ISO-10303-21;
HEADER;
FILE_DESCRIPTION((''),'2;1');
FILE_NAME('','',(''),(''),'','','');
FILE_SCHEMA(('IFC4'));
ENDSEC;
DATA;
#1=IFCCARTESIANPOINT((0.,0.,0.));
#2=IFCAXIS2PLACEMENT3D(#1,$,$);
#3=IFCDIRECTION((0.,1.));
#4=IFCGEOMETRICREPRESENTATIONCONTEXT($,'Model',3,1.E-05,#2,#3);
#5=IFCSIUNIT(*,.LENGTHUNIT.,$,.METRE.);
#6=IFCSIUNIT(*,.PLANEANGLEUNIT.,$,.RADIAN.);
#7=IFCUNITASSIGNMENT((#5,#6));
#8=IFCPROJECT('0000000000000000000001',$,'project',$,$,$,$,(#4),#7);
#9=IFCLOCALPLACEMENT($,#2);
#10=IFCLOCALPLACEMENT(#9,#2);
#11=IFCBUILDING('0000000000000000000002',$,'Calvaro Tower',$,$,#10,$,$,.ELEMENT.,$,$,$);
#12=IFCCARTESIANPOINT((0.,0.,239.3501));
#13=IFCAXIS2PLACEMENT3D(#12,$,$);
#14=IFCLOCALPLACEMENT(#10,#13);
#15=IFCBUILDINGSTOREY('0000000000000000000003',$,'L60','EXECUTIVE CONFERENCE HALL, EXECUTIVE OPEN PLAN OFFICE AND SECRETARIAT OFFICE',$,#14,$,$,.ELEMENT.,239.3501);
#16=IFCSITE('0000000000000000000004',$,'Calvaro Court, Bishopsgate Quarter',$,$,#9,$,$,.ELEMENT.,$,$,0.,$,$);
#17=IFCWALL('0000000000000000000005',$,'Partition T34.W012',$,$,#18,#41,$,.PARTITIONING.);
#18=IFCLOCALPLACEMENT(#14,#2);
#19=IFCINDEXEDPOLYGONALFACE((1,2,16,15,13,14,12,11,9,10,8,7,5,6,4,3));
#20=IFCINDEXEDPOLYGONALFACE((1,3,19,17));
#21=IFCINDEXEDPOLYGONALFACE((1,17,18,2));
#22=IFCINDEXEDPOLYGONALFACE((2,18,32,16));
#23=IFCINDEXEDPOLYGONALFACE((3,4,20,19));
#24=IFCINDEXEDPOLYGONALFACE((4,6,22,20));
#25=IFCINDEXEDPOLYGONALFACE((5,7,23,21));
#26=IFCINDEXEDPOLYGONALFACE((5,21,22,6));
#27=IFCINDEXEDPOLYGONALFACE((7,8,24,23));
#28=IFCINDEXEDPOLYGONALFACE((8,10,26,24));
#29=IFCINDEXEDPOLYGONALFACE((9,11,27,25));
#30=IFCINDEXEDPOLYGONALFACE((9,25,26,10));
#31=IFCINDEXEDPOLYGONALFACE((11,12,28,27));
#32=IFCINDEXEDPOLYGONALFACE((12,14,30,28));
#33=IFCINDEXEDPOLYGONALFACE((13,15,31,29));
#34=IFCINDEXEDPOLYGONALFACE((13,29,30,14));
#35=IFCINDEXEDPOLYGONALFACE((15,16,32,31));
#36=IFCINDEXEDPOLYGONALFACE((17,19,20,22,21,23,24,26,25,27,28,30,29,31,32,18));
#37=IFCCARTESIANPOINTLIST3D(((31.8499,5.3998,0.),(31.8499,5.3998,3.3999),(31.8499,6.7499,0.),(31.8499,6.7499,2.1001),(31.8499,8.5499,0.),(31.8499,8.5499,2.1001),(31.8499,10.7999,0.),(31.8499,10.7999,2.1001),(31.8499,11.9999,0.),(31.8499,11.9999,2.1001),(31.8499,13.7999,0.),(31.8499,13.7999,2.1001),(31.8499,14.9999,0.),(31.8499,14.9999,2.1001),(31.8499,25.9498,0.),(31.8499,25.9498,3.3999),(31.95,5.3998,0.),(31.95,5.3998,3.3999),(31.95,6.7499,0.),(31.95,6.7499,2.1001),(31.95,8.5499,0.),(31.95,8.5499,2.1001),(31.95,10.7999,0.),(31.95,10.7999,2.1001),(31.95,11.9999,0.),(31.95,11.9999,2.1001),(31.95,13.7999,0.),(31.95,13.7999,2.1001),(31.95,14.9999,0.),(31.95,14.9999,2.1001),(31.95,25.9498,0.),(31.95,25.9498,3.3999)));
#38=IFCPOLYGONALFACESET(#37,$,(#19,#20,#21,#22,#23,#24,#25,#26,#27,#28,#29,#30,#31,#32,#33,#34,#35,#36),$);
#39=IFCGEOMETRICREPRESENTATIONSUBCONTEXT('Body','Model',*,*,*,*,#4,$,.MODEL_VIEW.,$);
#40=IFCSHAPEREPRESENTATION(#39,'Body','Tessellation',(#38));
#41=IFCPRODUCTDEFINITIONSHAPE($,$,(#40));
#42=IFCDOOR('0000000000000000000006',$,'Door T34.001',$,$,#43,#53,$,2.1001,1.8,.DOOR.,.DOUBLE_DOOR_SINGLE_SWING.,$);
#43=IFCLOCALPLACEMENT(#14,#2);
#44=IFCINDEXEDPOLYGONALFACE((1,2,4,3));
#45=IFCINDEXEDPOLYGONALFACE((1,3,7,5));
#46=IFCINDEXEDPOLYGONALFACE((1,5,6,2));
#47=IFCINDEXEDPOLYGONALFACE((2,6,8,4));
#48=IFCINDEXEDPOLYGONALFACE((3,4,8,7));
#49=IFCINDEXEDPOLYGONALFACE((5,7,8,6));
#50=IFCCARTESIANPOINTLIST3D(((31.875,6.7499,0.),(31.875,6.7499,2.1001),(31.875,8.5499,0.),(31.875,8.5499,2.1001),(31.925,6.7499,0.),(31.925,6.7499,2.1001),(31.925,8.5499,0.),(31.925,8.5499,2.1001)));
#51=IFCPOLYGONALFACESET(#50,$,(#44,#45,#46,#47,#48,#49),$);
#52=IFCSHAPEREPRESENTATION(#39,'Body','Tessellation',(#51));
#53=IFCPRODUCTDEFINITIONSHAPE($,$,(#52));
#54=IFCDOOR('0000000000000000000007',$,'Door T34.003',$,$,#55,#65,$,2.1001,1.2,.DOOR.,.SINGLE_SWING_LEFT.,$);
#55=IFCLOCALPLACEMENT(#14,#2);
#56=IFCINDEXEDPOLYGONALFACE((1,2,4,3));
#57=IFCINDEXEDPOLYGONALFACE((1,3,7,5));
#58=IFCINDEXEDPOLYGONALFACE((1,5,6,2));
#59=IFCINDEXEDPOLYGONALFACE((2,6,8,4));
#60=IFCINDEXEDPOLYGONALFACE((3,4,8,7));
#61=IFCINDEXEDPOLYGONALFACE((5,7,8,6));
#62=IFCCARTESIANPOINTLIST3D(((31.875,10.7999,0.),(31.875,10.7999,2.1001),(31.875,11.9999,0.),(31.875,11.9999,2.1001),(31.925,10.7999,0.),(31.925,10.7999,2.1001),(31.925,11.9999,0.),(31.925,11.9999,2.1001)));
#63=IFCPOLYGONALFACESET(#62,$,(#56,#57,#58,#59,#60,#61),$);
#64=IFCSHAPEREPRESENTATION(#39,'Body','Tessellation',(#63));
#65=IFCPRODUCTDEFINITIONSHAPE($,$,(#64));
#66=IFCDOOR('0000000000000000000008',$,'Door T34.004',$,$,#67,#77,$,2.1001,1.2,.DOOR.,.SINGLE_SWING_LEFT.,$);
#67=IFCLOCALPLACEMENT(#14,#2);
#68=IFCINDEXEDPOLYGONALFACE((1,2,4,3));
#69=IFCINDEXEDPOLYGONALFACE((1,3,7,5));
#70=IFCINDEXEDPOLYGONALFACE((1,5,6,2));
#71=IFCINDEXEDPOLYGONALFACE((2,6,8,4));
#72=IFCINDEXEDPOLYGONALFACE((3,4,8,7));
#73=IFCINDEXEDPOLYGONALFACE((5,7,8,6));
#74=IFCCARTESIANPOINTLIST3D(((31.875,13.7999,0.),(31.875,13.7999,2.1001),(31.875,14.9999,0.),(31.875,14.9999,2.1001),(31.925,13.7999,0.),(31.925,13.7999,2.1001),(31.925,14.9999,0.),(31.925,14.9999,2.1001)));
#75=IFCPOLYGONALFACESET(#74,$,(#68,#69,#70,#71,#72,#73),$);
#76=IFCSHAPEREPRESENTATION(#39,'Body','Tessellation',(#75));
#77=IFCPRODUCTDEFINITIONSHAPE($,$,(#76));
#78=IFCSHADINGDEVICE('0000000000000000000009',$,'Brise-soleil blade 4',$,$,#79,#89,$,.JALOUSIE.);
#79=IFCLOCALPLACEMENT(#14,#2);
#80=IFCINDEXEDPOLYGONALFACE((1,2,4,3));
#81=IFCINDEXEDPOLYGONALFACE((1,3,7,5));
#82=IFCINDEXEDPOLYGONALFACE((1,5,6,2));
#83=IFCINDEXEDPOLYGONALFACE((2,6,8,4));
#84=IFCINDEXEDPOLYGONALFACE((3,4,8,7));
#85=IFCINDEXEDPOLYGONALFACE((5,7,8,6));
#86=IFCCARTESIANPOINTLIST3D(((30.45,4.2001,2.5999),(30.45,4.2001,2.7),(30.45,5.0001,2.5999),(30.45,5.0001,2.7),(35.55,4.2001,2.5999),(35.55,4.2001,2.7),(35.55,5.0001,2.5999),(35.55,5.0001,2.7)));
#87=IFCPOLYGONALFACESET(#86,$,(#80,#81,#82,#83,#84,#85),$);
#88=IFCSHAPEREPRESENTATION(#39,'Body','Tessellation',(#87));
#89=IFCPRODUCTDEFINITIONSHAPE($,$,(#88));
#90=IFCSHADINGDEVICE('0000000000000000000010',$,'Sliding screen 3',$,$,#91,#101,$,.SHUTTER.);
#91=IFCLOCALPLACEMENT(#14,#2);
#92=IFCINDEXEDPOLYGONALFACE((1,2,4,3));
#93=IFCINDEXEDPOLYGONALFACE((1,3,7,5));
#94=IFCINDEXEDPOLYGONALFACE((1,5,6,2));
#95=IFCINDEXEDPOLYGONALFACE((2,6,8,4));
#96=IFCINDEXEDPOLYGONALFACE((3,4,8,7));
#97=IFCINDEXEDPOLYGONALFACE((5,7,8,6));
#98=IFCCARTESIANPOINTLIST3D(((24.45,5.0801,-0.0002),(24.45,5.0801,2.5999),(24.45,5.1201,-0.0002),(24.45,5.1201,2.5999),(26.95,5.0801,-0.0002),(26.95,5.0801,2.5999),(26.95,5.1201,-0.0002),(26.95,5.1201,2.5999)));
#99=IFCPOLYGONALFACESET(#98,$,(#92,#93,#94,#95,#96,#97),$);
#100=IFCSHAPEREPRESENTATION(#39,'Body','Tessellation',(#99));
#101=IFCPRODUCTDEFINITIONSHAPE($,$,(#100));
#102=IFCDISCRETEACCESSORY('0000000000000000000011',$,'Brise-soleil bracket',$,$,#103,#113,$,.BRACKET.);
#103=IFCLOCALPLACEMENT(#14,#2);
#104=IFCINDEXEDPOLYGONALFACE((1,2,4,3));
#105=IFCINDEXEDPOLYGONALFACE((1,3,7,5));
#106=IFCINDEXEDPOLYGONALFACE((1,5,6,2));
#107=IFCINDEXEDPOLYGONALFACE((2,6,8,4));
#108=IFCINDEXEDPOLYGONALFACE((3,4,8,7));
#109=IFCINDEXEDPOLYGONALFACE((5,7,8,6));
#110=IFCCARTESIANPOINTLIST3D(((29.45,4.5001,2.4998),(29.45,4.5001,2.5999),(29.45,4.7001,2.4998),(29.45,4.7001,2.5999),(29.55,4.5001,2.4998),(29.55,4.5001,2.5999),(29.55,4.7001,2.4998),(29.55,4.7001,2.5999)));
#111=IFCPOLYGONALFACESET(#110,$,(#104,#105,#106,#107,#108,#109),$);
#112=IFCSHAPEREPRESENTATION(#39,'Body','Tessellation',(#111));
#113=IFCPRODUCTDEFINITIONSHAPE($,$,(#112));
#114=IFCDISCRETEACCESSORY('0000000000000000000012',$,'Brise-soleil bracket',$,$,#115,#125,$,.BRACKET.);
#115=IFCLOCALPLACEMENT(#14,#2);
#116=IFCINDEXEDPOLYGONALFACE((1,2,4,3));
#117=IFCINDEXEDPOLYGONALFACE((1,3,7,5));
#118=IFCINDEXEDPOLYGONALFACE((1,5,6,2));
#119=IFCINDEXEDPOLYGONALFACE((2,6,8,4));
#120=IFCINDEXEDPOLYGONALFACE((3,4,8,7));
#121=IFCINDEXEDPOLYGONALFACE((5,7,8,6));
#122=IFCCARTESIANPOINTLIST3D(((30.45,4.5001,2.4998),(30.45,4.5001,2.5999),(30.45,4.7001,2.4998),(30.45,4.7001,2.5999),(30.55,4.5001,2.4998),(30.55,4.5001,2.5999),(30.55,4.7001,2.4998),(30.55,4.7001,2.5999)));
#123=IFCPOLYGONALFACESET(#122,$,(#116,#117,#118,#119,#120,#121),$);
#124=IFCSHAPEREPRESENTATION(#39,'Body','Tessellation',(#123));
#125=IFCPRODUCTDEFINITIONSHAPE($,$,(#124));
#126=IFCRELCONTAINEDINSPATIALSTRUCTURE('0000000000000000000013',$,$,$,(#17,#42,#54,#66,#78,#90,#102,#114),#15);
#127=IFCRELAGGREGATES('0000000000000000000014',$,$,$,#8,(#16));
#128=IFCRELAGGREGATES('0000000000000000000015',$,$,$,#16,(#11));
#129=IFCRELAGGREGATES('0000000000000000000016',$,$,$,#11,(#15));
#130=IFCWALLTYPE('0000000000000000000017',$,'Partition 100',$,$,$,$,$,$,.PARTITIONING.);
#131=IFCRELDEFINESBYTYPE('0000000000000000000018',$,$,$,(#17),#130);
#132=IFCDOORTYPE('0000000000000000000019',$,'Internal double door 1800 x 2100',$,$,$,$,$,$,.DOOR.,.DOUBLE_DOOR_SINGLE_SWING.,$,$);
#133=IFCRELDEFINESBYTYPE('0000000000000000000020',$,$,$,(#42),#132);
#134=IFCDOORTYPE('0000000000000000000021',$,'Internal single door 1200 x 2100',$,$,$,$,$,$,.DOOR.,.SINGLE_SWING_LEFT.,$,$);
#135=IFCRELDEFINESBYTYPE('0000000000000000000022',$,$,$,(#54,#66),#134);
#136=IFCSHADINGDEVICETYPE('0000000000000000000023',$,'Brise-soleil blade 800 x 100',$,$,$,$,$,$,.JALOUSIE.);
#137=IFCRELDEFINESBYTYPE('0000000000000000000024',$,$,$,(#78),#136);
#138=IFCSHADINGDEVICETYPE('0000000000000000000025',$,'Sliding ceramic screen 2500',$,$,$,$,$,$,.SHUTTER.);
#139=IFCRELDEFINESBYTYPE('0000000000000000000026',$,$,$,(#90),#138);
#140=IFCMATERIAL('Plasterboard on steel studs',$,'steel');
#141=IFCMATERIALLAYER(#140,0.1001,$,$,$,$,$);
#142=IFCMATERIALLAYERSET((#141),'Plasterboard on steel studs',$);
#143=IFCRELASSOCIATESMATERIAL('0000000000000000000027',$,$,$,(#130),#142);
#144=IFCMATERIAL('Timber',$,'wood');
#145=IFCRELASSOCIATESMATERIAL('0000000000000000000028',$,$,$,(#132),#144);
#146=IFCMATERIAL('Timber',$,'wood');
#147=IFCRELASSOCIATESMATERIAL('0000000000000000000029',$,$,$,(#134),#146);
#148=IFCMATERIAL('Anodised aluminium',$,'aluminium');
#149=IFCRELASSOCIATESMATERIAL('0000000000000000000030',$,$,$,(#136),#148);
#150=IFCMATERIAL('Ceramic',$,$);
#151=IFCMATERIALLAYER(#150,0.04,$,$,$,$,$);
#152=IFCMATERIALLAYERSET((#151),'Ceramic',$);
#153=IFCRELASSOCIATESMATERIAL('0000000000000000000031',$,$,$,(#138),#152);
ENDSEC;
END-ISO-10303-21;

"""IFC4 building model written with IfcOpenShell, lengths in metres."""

from ifc_helpers import new_model, si_unit, direction, frame, frame_2d, origin, origin_2d, place, context, subcontext, project, spatial, rectangle, extrude, material, layer, layer_set, material_profile, profile_set, type_object, element, fill, save


model = new_model("IFC4")

# Units and contexts
model_context = context("Model", 3, precision=1e-05, world=origin(), true_north=direction((0.0, 1.0)))
body_context = subcontext(model_context, "Body", "Model", "MODEL_VIEW")
ifc_project = project(units=[si_unit("LENGTHUNIT", "METRE"), si_unit("PLANEANGLEUNIT", "RADIAN")], contexts=[model_context])

# Site, building, storey
site_placement = place(None, origin())
site = spatial("IfcSite", under=ifc_project, at=site_placement, Name="Calvaro Court, Bishopsgate Quarter", CompositionType="ELEMENT", RefElevation=0.0)
building_placement = place(site_placement, origin())
building = spatial("IfcBuilding", under=site, at=building_placement, Name="Calvaro Tower", CompositionType="ELEMENT")
storey_placement = place(building_placement, frame((0.0, 0.0, 239.3501)))
storey = spatial("IfcBuildingStorey", under=building, at=storey_placement, Name="L60", Description="EXECUTIVE CONFERENCE HALL, EXECUTIVE OPEN PLAN OFFICE AND SECRETARIAT OFFICE", CompositionType="ELEMENT", Elevation=239.3501)

# Wall, openings, doors
ifc_material_1 = material(Name="Plasterboard on steel studs", Category="steel")
ifc_layer_1 = layer(ifc_material_1, 0.1001)
ifc_layer_set_1 = layer_set([ifc_layer_1], Name="Plasterboard on steel studs")
wall_type = type_object("IfcWallType", Name="Partition 100", PredefinedType="PARTITIONING", material=ifc_layer_set_1)
wall_placement = place(storey_placement, frame((31.8999, 5.3999, 0.0), z_axis=(0.0, 0.0, 1.0), x_axis=(0.0, 1.0, 0.0)))
wall = element("IfcWall", 1, at=wall_placement, inside=storey, type_object=wall_type, Name="Partition T34.W012", PredefinedType="PARTITIONING", context=body_context, shape_type="SweptSolid", body=[
    extrude(rectangle(XDim=20.55, YDim=0.1001, at=frame_2d((10.2749, 0.0))), origin(), (0.0, 0.0, 1.0), 3.3999),
])
opening_1_placement = place(wall_placement, frame((1.3501, 0.0, 0.0)))
opening_1 = element("IfcOpeningElement", 2, at=opening_1_placement, cuts=wall, PredefinedType="OPENING", context=body_context, shape_type="SweptSolid", body=[
    extrude(rectangle(XDim=1.8, YDim=2.1001, at=frame_2d((0.8999, 1.05))), frame((0.0, 0.0601, 0.0), z_axis=(0.0, -1.0, 0.0), x_axis=(1.0, 0.0, 0.0)), (0.0, 0.0, 1.0), 0.1201),
])
opening_2_placement = place(wall_placement, frame((5.3999, 0.0, 0.0)))
opening_2 = element("IfcOpeningElement", 3, at=opening_2_placement, cuts=wall, PredefinedType="OPENING", context=body_context, shape_type="SweptSolid", body=[
    extrude(rectangle(XDim=1.2, YDim=2.1001, at=frame_2d((0.6001, 1.05))), frame((0.0, 0.0601, 0.0), z_axis=(0.0, -1.0, 0.0), x_axis=(1.0, 0.0, 0.0)), (0.0, 0.0, 1.0), 0.1201),
])
opening_3_placement = place(wall_placement, frame((8.3999, 0.0, 0.0)))
opening_3 = element("IfcOpeningElement", 4, at=opening_3_placement, cuts=wall, PredefinedType="OPENING", context=body_context, shape_type="SweptSolid", body=[
    extrude(rectangle(XDim=1.2, YDim=2.1001, at=frame_2d((0.6001, 1.05))), frame((0.0, 0.0601, 0.0), z_axis=(0.0, -1.0, 0.0), x_axis=(1.0, 0.0, 0.0)), (0.0, 0.0, 1.0), 0.1201),
])
ifc_material_2 = material(Name="Timber", Category="wood")
door_type_1 = type_object("IfcDoorType", Name="Internal double door 1800 x 2100", OperationType="DOUBLE_DOOR_SINGLE_SWING", PredefinedType="DOOR", material=ifc_material_2)
door_1_placement = place(opening_1_placement, origin())
door_1 = element("IfcDoor", 5, at=door_1_placement, inside=storey, type_object=door_type_1, Name="Door T34.001", OperationType="DOUBLE_DOOR_SINGLE_SWING", OverallHeight=2.1001, OverallWidth=1.8, PredefinedType="DOOR", context=body_context, shape_type="SweptSolid", body=[
    extrude(rectangle(XDim=1.8, YDim=2.1001, at=frame_2d((0.8999, 1.05))), frame((0.0, 0.0249, 0.0), z_axis=(0.0, -1.0, 0.0), x_axis=(1.0, 0.0, 0.0)), (0.0, 0.0, 1.0), 0.05),
])
fill(opening_1, door_1)
ifc_material_3 = material(Name="Timber", Category="wood")
door_type_2 = type_object("IfcDoorType", Name="Internal single door 1200 x 2100", OperationType="SINGLE_SWING_LEFT", PredefinedType="DOOR", material=ifc_material_3)
door_2_placement = place(opening_2_placement, origin())
door_2 = element("IfcDoor", 6, at=door_2_placement, inside=storey, type_object=door_type_2, Name="Door T34.003", OperationType="SINGLE_SWING_LEFT", OverallHeight=2.1001, OverallWidth=1.2, PredefinedType="DOOR", context=body_context, shape_type="SweptSolid", body=[
    extrude(rectangle(XDim=1.2, YDim=2.1001, at=frame_2d((0.6001, 1.05))), frame((0.0, 0.0249, 0.0), z_axis=(0.0, -1.0, 0.0), x_axis=(1.0, 0.0, 0.0)), (0.0, 0.0, 1.0), 0.05),
])
fill(opening_2, door_2)
door_3_placement = place(opening_3_placement, origin())
door_3 = element("IfcDoor", 7, at=door_3_placement, inside=storey, type_object=door_type_2, Name="Door T34.004", OperationType="SINGLE_SWING_LEFT", OverallHeight=2.1001, OverallWidth=1.2, PredefinedType="DOOR", context=body_context, shape_type="SweptSolid", body=[
    extrude(rectangle(XDim=1.2, YDim=2.1001, at=frame_2d((0.6001, 1.05))), frame((0.0, 0.0249, 0.0), z_axis=(0.0, -1.0, 0.0), x_axis=(1.0, 0.0, 0.0)), (0.0, 0.0, 1.0), 0.05),
])
fill(opening_3, door_3)

# Shading devices
ifc_material_4 = material(Name="Anodised aluminium", Category="aluminium")
ifc_material_profile_1 = material_profile(ifc_material_4, rectangle(XDim=0.8, YDim=0.1001, at=origin_2d()), Name="Brise-soleil blade 800 x 100")
ifc_profile_set_1 = profile_set([ifc_material_profile_1], Name="Anodised aluminium")
shading_device_type_1 = type_object("IfcShadingDeviceType", Name="Brise-soleil blade 800 x 100", PredefinedType="JALOUSIE", material=ifc_profile_set_1)
shading_device_1_placement = place(storey_placement, frame((30.45, 4.6001, 2.6499), z_axis=(1.0, 0.0, 0.0), x_axis=(0.0, 1.0, 0.0)))
element("IfcShadingDevice", 8, at=shading_device_1_placement, inside=storey, type_object=shading_device_type_1, Name="Brise-soleil blade 4", PredefinedType="JALOUSIE", context=body_context, shape_type="SweptSolid", body=[
    extrude(rectangle(XDim=0.8, YDim=0.1001, at=origin_2d()), origin(), (0.0, 0.0, 1.0), 5.1001),
])
ifc_material_5 = material(Name="Ceramic")
ifc_layer_2 = layer(ifc_material_5, 0.04)
ifc_layer_set_2 = layer_set([ifc_layer_2], Name="Ceramic")
shading_device_type_2 = type_object("IfcShadingDeviceType", Name="Sliding ceramic screen 2500", PredefinedType="SHUTTER", material=ifc_layer_set_2)
shading_device_2_placement = place(storey_placement, frame((25.7, 5.1001, -0.0002), z_axis=(0.0, 0.0, 1.0), x_axis=(1.0, 0.0, 0.0)))
element("IfcShadingDevice", 9, at=shading_device_2_placement, inside=storey, type_object=shading_device_type_2, Name="Sliding screen 3", PredefinedType="SHUTTER", context=body_context, shape_type="SweptSolid", body=[
    extrude(rectangle(XDim=2.5, YDim=0.04, at=origin_2d()), origin(), (0.0, 0.0, 1.0), 2.6001),
])

# Discrete accessories
for number, where, z_axis, x_axis, name in (
    (10, (29.5, 4.6001, 2.4998), (0.0, 0.0, 1.0), (1.0, 0.0, 0.0), "Brise-soleil bracket"),
    (11, (30.5, 4.6001, 2.4998), (0.0, 0.0, 1.0), (1.0, 0.0, 0.0), "Brise-soleil bracket"),
):
    element("IfcDiscreteAccessory", number, at=place(storey_placement, frame(where, z_axis=z_axis, x_axis=x_axis)), inside=storey, Name=name, PredefinedType="BRACKET", context=body_context, shape_type="SweptSolid", body=[
        extrude(rectangle(XDim=0.1001, YDim=0.2, at=origin_2d()), origin(), (0.0, 0.0, 1.0), 0.1001),
    ])

save(model, "model.ifc")
